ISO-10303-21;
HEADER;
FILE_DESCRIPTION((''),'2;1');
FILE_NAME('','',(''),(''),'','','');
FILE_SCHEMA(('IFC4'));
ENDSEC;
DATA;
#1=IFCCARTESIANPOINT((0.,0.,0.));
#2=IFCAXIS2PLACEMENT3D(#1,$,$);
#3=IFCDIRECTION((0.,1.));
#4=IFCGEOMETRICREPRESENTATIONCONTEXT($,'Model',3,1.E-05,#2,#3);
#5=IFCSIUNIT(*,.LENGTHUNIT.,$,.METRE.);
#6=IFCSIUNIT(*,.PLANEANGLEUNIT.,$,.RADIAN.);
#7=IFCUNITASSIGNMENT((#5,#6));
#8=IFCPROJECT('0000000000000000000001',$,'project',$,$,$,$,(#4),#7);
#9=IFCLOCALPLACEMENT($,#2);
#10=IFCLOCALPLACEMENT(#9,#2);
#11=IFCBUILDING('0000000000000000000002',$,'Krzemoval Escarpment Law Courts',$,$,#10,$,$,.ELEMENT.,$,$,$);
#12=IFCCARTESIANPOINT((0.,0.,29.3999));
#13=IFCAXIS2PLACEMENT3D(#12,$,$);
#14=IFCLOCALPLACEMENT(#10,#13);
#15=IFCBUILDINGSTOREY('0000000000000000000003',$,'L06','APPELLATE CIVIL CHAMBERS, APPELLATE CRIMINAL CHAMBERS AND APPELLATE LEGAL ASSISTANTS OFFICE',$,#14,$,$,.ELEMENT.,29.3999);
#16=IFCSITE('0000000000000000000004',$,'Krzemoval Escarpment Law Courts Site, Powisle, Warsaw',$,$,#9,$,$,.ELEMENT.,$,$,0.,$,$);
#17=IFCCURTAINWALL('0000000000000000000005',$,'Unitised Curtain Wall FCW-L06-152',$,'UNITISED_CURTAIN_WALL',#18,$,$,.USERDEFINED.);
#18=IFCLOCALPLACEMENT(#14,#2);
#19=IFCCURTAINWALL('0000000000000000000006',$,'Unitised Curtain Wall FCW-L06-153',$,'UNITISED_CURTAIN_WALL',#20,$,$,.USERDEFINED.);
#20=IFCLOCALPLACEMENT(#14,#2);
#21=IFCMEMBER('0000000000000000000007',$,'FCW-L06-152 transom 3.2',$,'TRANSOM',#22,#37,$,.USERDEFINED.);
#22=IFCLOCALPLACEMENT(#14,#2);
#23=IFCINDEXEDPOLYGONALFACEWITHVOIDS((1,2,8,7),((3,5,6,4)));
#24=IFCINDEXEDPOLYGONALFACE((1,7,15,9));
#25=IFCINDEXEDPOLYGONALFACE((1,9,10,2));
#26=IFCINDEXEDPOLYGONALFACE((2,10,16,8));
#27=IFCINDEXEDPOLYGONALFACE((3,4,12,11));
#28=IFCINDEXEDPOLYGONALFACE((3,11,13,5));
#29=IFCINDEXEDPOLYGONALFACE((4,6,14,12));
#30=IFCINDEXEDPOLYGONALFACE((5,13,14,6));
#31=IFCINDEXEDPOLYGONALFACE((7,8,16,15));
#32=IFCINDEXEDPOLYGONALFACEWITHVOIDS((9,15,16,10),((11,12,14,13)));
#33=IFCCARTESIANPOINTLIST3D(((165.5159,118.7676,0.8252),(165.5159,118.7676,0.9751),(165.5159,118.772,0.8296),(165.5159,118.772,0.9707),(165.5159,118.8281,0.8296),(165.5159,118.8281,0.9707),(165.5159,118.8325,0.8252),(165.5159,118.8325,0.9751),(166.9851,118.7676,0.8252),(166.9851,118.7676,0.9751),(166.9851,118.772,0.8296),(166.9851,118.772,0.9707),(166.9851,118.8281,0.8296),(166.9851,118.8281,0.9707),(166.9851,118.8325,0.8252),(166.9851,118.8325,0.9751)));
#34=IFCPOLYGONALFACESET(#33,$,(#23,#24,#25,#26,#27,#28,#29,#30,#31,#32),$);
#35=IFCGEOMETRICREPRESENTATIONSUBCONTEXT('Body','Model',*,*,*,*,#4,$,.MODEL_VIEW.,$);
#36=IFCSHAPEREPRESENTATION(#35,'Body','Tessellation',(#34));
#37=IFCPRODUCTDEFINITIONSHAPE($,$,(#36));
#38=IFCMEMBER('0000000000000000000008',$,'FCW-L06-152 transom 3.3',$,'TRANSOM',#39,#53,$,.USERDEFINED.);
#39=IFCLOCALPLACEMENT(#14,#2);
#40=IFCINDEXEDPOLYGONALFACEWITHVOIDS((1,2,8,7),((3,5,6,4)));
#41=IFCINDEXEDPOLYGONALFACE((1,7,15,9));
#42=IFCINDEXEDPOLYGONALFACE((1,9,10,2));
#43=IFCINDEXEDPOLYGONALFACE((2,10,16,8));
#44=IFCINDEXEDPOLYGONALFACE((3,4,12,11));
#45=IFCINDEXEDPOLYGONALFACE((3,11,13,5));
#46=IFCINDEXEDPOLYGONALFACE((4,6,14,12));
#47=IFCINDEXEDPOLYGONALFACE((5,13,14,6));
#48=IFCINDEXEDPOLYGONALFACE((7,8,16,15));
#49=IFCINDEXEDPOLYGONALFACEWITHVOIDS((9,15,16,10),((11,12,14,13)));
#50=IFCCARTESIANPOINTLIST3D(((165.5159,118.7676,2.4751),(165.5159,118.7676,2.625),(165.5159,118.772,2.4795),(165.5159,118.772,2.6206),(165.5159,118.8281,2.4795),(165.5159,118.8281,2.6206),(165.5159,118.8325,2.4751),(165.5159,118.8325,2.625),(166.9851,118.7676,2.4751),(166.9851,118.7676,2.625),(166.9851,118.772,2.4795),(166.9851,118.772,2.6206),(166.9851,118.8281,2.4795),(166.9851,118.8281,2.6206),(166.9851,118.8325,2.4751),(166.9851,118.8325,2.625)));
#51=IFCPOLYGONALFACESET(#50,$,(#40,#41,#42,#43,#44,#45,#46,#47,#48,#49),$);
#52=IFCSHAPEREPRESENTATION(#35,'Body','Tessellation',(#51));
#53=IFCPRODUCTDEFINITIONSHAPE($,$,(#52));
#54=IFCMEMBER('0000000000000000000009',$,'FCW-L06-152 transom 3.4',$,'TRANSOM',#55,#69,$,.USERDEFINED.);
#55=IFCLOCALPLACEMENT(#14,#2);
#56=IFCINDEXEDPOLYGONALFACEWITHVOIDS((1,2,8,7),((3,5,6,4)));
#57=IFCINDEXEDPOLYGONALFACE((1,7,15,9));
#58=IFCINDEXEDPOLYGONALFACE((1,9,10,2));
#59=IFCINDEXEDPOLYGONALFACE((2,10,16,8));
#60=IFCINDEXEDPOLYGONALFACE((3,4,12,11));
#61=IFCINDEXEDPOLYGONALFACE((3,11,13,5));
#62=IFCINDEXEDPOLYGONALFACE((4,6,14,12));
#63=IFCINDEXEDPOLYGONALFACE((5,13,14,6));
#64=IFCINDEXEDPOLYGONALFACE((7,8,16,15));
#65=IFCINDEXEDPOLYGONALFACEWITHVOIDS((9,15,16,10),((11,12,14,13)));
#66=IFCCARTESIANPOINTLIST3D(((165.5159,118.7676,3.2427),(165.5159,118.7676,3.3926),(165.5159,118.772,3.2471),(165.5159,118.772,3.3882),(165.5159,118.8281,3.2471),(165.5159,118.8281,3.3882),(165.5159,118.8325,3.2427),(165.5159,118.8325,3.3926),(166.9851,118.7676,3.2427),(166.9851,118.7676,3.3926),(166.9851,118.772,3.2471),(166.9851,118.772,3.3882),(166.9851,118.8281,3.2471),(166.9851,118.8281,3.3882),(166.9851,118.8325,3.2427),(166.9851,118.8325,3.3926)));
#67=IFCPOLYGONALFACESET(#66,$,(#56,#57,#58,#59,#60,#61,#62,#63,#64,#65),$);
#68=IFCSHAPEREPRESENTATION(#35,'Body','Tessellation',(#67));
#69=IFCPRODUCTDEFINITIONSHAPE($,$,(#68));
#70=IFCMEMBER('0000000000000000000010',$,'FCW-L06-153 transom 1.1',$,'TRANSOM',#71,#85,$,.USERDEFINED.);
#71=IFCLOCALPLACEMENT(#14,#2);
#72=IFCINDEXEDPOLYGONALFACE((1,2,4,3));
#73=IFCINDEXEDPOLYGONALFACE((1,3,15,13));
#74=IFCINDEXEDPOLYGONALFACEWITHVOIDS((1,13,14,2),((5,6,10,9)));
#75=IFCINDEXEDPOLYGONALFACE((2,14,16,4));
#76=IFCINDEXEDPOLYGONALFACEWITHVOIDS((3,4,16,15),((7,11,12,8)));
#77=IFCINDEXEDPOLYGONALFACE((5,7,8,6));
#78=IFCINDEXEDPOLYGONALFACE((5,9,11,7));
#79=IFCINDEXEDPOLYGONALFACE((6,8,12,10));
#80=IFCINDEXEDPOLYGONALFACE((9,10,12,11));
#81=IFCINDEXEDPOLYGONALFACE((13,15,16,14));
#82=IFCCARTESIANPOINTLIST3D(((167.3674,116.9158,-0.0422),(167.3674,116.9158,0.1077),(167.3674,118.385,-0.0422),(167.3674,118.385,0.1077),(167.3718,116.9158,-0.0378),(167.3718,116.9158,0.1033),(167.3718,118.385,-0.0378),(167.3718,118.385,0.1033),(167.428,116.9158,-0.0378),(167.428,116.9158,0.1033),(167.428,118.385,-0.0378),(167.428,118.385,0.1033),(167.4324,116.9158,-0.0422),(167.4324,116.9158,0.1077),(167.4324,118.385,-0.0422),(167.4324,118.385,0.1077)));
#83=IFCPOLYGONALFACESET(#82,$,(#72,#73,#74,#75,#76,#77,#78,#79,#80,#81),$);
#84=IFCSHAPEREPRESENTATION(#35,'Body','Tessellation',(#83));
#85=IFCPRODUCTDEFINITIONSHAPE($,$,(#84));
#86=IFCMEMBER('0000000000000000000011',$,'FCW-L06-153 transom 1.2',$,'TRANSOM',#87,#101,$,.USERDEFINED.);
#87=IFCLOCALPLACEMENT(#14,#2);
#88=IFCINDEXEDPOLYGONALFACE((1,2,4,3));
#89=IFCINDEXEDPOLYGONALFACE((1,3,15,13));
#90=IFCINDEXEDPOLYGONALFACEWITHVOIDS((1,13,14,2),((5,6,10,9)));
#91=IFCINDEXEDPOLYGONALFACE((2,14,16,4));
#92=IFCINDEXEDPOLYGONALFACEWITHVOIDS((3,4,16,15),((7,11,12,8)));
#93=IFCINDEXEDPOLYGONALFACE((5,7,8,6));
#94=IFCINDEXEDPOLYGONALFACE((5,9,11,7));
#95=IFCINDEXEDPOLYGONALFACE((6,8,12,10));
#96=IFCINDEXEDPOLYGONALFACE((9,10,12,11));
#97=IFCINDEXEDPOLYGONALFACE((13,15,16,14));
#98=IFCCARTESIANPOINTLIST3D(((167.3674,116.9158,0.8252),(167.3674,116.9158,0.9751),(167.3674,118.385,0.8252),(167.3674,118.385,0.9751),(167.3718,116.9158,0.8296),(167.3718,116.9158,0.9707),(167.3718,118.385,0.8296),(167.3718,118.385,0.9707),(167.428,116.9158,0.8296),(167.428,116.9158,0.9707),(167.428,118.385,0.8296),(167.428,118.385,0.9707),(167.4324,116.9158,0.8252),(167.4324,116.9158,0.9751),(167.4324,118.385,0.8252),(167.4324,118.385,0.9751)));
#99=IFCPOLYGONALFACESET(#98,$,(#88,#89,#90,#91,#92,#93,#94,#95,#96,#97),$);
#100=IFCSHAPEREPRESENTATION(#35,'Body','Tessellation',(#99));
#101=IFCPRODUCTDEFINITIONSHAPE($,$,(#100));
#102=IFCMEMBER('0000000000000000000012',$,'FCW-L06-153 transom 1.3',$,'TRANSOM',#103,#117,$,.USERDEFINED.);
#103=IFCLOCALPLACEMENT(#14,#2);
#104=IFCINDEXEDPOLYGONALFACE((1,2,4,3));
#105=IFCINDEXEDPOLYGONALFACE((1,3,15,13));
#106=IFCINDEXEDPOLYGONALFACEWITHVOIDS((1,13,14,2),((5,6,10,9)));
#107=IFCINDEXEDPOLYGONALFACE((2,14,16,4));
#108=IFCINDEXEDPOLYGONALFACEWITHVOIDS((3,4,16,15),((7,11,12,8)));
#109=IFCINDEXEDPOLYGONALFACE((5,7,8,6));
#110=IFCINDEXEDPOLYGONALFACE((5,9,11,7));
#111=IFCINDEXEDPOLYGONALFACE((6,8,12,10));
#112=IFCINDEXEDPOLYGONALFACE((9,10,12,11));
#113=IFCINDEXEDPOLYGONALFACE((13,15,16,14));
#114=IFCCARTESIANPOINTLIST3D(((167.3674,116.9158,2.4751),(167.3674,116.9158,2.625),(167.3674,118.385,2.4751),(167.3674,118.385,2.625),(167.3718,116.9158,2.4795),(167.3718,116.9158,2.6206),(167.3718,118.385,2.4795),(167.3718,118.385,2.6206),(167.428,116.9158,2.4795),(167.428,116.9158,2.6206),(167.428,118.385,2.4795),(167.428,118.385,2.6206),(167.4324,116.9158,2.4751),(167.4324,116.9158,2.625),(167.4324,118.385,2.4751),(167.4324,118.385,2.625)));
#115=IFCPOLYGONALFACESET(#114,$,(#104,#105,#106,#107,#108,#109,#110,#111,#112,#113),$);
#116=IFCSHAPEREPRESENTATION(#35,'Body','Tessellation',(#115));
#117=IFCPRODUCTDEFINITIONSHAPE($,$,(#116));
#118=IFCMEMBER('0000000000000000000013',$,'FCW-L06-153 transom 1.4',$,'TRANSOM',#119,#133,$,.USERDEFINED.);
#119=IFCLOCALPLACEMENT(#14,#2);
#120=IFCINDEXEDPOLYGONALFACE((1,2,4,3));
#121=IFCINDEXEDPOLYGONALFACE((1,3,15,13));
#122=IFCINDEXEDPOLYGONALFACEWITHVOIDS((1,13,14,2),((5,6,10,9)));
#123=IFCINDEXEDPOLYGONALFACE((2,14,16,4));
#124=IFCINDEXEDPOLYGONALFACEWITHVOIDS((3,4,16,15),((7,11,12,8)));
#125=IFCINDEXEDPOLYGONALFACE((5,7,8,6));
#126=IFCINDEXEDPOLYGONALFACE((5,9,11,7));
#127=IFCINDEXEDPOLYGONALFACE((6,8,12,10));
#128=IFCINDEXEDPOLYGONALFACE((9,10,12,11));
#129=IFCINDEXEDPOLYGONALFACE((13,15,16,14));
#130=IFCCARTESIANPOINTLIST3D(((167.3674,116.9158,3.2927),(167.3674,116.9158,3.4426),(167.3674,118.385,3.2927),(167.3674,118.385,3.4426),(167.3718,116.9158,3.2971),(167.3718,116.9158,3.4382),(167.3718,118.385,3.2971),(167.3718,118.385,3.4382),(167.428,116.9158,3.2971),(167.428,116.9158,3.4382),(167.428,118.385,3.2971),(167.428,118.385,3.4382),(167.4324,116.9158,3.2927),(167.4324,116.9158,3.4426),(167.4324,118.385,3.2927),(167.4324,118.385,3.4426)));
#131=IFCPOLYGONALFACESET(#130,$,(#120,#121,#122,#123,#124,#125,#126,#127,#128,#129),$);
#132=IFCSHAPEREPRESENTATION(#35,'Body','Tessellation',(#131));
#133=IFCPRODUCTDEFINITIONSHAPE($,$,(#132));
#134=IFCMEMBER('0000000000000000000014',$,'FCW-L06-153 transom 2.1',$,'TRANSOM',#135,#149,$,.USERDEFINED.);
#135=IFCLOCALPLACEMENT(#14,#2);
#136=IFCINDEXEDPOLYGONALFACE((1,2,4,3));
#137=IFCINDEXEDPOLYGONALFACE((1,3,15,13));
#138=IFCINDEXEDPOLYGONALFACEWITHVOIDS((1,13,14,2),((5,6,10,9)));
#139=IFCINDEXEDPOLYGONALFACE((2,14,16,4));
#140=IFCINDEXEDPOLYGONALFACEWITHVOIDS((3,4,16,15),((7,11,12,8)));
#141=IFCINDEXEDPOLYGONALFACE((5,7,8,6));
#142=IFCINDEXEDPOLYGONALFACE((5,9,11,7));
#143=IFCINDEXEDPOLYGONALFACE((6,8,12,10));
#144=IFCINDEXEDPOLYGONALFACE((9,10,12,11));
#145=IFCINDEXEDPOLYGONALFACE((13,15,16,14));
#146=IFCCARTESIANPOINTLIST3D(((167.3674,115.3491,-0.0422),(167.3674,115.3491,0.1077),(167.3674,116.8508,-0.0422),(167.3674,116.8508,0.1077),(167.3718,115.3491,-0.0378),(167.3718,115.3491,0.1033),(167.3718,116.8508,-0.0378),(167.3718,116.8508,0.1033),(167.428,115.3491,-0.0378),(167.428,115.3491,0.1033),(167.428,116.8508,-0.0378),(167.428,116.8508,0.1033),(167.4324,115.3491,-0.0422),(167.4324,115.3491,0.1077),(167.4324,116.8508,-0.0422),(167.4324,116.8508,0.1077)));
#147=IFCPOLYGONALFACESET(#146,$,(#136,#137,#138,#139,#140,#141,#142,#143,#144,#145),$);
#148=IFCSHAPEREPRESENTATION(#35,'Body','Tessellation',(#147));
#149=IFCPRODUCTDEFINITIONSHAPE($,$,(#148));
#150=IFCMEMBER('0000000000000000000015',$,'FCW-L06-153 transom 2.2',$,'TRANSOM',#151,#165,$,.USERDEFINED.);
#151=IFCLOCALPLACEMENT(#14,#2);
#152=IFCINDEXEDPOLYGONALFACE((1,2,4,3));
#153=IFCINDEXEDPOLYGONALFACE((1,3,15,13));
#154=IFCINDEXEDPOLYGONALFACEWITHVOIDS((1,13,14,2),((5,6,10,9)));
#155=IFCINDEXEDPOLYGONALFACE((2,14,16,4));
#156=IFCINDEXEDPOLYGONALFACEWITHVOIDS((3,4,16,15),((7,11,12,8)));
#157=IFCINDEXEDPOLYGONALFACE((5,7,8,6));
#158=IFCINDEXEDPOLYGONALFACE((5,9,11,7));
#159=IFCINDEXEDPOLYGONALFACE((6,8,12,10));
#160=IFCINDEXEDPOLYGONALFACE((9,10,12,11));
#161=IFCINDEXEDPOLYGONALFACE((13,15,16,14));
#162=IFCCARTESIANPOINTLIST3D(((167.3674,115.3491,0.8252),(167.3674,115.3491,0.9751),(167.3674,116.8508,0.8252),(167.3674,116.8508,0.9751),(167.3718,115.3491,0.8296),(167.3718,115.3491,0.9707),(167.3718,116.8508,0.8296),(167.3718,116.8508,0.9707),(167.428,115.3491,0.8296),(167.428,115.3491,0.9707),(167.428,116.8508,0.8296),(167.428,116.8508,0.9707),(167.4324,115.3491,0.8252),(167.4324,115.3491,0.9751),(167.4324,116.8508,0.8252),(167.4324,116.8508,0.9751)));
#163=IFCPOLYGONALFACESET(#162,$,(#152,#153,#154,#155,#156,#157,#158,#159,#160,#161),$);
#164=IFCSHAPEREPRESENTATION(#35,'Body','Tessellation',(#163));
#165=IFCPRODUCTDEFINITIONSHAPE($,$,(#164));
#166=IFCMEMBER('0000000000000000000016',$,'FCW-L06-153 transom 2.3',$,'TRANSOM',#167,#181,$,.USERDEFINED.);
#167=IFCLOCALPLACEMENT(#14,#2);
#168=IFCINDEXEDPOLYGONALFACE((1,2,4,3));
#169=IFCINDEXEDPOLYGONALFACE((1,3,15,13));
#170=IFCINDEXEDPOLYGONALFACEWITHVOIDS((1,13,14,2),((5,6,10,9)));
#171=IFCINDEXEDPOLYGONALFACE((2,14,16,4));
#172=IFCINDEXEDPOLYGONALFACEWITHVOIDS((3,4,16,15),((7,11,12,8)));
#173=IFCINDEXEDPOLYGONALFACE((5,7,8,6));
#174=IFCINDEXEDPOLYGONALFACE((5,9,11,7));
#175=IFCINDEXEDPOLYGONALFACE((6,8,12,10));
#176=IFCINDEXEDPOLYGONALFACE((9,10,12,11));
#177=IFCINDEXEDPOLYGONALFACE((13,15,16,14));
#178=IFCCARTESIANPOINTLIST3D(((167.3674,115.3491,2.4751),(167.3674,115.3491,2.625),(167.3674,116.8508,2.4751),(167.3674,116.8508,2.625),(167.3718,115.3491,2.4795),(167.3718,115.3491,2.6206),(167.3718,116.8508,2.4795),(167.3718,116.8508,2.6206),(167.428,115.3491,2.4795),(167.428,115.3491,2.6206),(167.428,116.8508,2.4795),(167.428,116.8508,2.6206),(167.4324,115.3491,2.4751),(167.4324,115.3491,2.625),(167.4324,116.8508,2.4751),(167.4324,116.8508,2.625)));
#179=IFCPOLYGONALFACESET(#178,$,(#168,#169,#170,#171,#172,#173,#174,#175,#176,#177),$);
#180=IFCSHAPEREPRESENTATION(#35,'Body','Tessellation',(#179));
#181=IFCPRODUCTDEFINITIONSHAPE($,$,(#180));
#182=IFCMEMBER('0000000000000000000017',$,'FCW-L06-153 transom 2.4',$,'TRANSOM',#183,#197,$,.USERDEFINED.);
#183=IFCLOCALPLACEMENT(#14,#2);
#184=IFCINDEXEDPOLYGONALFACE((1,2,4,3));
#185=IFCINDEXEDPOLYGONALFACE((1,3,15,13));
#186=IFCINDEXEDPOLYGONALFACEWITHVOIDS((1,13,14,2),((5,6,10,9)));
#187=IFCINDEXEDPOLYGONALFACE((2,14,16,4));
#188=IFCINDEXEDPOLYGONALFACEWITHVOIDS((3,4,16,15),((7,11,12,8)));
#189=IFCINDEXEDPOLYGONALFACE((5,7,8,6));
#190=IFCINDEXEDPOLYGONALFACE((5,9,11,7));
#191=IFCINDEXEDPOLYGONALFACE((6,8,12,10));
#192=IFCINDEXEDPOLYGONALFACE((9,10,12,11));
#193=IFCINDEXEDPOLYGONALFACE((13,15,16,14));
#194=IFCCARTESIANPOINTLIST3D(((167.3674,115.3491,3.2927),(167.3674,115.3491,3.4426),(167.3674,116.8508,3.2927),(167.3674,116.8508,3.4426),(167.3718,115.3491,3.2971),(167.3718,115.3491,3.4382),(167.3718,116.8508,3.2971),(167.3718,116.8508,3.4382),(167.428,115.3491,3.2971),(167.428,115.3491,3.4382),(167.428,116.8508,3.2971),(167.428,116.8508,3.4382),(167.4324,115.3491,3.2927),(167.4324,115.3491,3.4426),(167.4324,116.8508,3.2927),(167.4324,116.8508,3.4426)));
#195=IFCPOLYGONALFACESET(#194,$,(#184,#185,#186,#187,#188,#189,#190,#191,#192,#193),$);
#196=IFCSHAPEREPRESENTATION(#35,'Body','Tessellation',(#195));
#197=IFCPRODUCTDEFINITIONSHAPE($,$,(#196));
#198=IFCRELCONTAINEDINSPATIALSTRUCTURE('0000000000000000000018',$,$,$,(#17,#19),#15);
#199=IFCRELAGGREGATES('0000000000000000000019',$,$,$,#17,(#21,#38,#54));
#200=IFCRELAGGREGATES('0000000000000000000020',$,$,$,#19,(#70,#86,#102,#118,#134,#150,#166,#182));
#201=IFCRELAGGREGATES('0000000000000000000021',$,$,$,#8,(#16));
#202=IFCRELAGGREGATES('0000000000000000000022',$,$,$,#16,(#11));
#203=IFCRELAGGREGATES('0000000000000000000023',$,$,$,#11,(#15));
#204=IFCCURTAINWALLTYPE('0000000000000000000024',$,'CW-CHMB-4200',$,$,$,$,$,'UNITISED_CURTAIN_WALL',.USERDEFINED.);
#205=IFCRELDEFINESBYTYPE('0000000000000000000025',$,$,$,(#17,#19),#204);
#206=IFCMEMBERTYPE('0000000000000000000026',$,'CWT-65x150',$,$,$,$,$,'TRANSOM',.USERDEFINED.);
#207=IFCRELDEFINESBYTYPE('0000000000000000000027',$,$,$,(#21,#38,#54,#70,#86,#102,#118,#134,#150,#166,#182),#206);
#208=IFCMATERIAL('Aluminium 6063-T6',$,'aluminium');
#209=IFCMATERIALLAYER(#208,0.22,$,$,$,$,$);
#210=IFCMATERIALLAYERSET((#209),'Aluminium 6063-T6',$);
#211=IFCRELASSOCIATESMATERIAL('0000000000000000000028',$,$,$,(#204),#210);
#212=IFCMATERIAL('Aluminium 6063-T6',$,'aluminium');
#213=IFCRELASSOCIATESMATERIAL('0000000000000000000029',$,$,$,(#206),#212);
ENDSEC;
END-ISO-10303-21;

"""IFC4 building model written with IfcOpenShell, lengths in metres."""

from ifc_helpers import new_model, si_unit, direction, frame, origin, origin_2d, place, context, subcontext, project, spatial, hollow_rectangle, extrude, material, layer, layer_set, material_profile, profile_set, type_object, element, aggregate, save


model = new_model("IFC4")

# Units and contexts
model_context = context("Model", 3, precision=1e-05, world=origin(), true_north=direction((0.0, 1.0)))
body_context = subcontext(model_context, "Body", "Model", "MODEL_VIEW")
ifc_project = project(units=[si_unit("LENGTHUNIT", "METRE"), si_unit("PLANEANGLEUNIT", "RADIAN")], contexts=[model_context])

# Site, building, storey
site_placement = place(None, origin())
site = spatial("IfcSite", under=ifc_project, at=site_placement, Name="Krzemoval Escarpment Law Courts Site, Powisle, Warsaw", CompositionType="ELEMENT", RefElevation=0.0)
building_placement = place(site_placement, origin())
building = spatial("IfcBuilding", under=site, at=building_placement, Name="Krzemoval Escarpment Law Courts", CompositionType="ELEMENT")
storey_placement = place(building_placement, frame((0.0, 0.0, 29.3999)))
storey = spatial("IfcBuildingStorey", under=building, at=storey_placement, Name="L06", Description="APPELLATE CIVIL CHAMBERS, APPELLATE CRIMINAL CHAMBERS AND APPELLATE LEGAL ASSISTANTS OFFICE", CompositionType="ELEMENT", Elevation=29.3999)

# Curtain walls
ifc_material_1 = material(Name="Aluminium 6063-T6", Category="aluminium")
ifc_layer_1 = layer(ifc_material_1, 0.22)
ifc_layer_set_1 = layer_set([ifc_layer_1], Name="Aluminium 6063-T6")
curtain_wall_type = type_object("IfcCurtainWallType", Name="CW-CHMB-4200", ElementType="UNITISED_CURTAIN_WALL", PredefinedType="USERDEFINED", material=ifc_layer_set_1)
curtain_wall_1_placement = place(storey_placement, origin())
curtain_wall_1 = element("IfcCurtainWall", 1, at=curtain_wall_1_placement, inside=storey, type_object=curtain_wall_type, Name="Unitised Curtain Wall FCW-L06-152", ObjectType="UNITISED_CURTAIN_WALL", PredefinedType="USERDEFINED")
curtain_wall_2_placement = place(storey_placement, origin())
curtain_wall_2 = element("IfcCurtainWall", 2, at=curtain_wall_2_placement, inside=storey, type_object=curtain_wall_type, Name="Unitised Curtain Wall FCW-L06-153", ObjectType="UNITISED_CURTAIN_WALL", PredefinedType="USERDEFINED")

# Members
ifc_material_2 = material(Name="Aluminium 6063-T6", Category="aluminium")
ifc_material_profile_1 = material_profile(ifc_material_2, hollow_rectangle(XDim=0.0649, YDim=0.1499, WallThickness=0.0044, at=origin_2d()), Name="ALU T65x150")
ifc_profile_set_1 = profile_set([ifc_material_profile_1], Name="Aluminium 6063-T6")
member_type_1 = type_object("IfcMemberType", Name="CWT-65x150", ElementType="TRANSOM", PredefinedType="USERDEFINED", material=ifc_profile_set_1)
member_1_placement = place(storey_placement, frame((165.5159, 118.8, 0.9001), z_axis=(1.0, 0.0, 0.0), x_axis=(0.0, 1.0, 0.0)))
member_1 = element("IfcMember", 3, at=member_1_placement, type_object=member_type_1, Name="FCW-L06-152 transom 3.2", ObjectType="TRANSOM", PredefinedType="USERDEFINED", context=body_context, shape_type="SweptSolid", body=[
    extrude(hollow_rectangle(XDim=0.0649, YDim=0.1499, WallThickness=0.0044, at=origin_2d()), origin(), (0.0, 0.0, 1.0), 1.4692),
])
member_2_placement = place(storey_placement, frame((165.5159, 118.8, 2.55), z_axis=(1.0, 0.0, 0.0), x_axis=(0.0, 1.0, 0.0)))
member_2 = element("IfcMember", 4, at=member_2_placement, type_object=member_type_1, Name="FCW-L06-152 transom 3.3", ObjectType="TRANSOM", PredefinedType="USERDEFINED", context=body_context, shape_type="SweptSolid", body=[
    extrude(hollow_rectangle(XDim=0.0649, YDim=0.1499, WallThickness=0.0044, at=origin_2d()), origin(), (0.0, 0.0, 1.0), 1.4692),
])
member_3_placement = place(storey_placement, frame((165.5159, 118.8, 3.3176), z_axis=(1.0, 0.0, 0.0), x_axis=(0.0, 1.0, 0.0)))
member_3 = element("IfcMember", 5, at=member_3_placement, type_object=member_type_1, Name="FCW-L06-152 transom 3.4", ObjectType="TRANSOM", PredefinedType="USERDEFINED", context=body_context, shape_type="SweptSolid", body=[
    extrude(hollow_rectangle(XDim=0.0649, YDim=0.1499, WallThickness=0.0044, at=origin_2d()), origin(), (0.0, 0.0, 1.0), 1.4692),
])
member_4_placement = place(storey_placement, frame((167.3999, 118.385, 0.0327), z_axis=(0.0, -1.0, 0.0), x_axis=(1.0, 0.0, 0.0)))
member_4 = element("IfcMember", 6, at=member_4_placement, type_object=member_type_1, Name="FCW-L06-153 transom 1.1", ObjectType="TRANSOM", PredefinedType="USERDEFINED", context=body_context, shape_type="SweptSolid", body=[
    extrude(hollow_rectangle(XDim=0.0649, YDim=0.1499, WallThickness=0.0044, at=origin_2d()), origin(), (0.0, 0.0, 1.0), 1.4692),
])
member_5_placement = place(storey_placement, frame((167.3999, 118.385, 0.9001), z_axis=(0.0, -1.0, 0.0), x_axis=(1.0, 0.0, 0.0)))
member_5 = element("IfcMember", 7, at=member_5_placement, type_object=member_type_1, Name="FCW-L06-153 transom 1.2", ObjectType="TRANSOM", PredefinedType="USERDEFINED", context=body_context, shape_type="SweptSolid", body=[
    extrude(hollow_rectangle(XDim=0.0649, YDim=0.1499, WallThickness=0.0044, at=origin_2d()), origin(), (0.0, 0.0, 1.0), 1.4692),
])
member_6_placement = place(storey_placement, frame((167.3999, 118.385, 2.55), z_axis=(0.0, -1.0, 0.0), x_axis=(1.0, 0.0, 0.0)))
member_6 = element("IfcMember", 8, at=member_6_placement, type_object=member_type_1, Name="FCW-L06-153 transom 1.3", ObjectType="TRANSOM", PredefinedType="USERDEFINED", context=body_context, shape_type="SweptSolid", body=[
    extrude(hollow_rectangle(XDim=0.0649, YDim=0.1499, WallThickness=0.0044, at=origin_2d()), origin(), (0.0, 0.0, 1.0), 1.4692),
])
member_7_placement = place(storey_placement, frame((167.3999, 118.385, 3.3677), z_axis=(0.0, -1.0, 0.0), x_axis=(1.0, 0.0, 0.0)))
member_7 = element("IfcMember", 9, at=member_7_placement, type_object=member_type_1, Name="FCW-L06-153 transom 1.4", ObjectType="TRANSOM", PredefinedType="USERDEFINED", context=body_context, shape_type="SweptSolid", body=[
    extrude(hollow_rectangle(XDim=0.0649, YDim=0.1499, WallThickness=0.0044, at=origin_2d()), origin(), (0.0, 0.0, 1.0), 1.4692),
])
member_8_placement = place(storey_placement, frame((167.3999, 116.8508, 0.0327), z_axis=(0.0, -1.0, 0.0), x_axis=(1.0, 0.0, 0.0)))
member_8 = element("IfcMember", 10, at=member_8_placement, type_object=member_type_1, Name="FCW-L06-153 transom 2.1", ObjectType="TRANSOM", PredefinedType="USERDEFINED", context=body_context, shape_type="SweptSolid", body=[
    extrude(hollow_rectangle(XDim=0.0649, YDim=0.1499, WallThickness=0.0044, at=origin_2d()), origin(), (0.0, 0.0, 1.0), 1.5017),
])
member_9_placement = place(storey_placement, frame((167.3999, 116.8508, 0.9001), z_axis=(0.0, -1.0, 0.0), x_axis=(1.0, 0.0, 0.0)))
member_9 = element("IfcMember", 11, at=member_9_placement, type_object=member_type_1, Name="FCW-L06-153 transom 2.2", ObjectType="TRANSOM", PredefinedType="USERDEFINED", context=body_context, shape_type="SweptSolid", body=[
    extrude(hollow_rectangle(XDim=0.0649, YDim=0.1499, WallThickness=0.0044, at=origin_2d()), origin(), (0.0, 0.0, 1.0), 1.5017),
])
member_10_placement = place(storey_placement, frame((167.3999, 116.8508, 2.55), z_axis=(0.0, -1.0, 0.0), x_axis=(1.0, 0.0, 0.0)))
member_10 = element("IfcMember", 12, at=member_10_placement, type_object=member_type_1, Name="FCW-L06-153 transom 2.3", ObjectType="TRANSOM", PredefinedType="USERDEFINED", context=body_context, shape_type="SweptSolid", body=[
    extrude(hollow_rectangle(XDim=0.0649, YDim=0.1499, WallThickness=0.0044, at=origin_2d()), origin(), (0.0, 0.0, 1.0), 1.5017),
])
member_11_placement = place(storey_placement, frame((167.3999, 116.8508, 3.3677), z_axis=(0.0, -1.0, 0.0), x_axis=(1.0, 0.0, 0.0)))
member_11 = element("IfcMember", 13, at=member_11_placement, type_object=member_type_1, Name="FCW-L06-153 transom 2.4", ObjectType="TRANSOM", PredefinedType="USERDEFINED", context=body_context, shape_type="SweptSolid", body=[
    extrude(hollow_rectangle(XDim=0.0649, YDim=0.1499, WallThickness=0.0044, at=origin_2d()), origin(), (0.0, 0.0, 1.0), 1.5017),
])

aggregate(curtain_wall_1, [member_1, member_2, member_3])
aggregate(curtain_wall_2, [member_4, member_5, member_6, member_7, member_8, member_9, member_10, member_11])

save(model, "model.ifc")
